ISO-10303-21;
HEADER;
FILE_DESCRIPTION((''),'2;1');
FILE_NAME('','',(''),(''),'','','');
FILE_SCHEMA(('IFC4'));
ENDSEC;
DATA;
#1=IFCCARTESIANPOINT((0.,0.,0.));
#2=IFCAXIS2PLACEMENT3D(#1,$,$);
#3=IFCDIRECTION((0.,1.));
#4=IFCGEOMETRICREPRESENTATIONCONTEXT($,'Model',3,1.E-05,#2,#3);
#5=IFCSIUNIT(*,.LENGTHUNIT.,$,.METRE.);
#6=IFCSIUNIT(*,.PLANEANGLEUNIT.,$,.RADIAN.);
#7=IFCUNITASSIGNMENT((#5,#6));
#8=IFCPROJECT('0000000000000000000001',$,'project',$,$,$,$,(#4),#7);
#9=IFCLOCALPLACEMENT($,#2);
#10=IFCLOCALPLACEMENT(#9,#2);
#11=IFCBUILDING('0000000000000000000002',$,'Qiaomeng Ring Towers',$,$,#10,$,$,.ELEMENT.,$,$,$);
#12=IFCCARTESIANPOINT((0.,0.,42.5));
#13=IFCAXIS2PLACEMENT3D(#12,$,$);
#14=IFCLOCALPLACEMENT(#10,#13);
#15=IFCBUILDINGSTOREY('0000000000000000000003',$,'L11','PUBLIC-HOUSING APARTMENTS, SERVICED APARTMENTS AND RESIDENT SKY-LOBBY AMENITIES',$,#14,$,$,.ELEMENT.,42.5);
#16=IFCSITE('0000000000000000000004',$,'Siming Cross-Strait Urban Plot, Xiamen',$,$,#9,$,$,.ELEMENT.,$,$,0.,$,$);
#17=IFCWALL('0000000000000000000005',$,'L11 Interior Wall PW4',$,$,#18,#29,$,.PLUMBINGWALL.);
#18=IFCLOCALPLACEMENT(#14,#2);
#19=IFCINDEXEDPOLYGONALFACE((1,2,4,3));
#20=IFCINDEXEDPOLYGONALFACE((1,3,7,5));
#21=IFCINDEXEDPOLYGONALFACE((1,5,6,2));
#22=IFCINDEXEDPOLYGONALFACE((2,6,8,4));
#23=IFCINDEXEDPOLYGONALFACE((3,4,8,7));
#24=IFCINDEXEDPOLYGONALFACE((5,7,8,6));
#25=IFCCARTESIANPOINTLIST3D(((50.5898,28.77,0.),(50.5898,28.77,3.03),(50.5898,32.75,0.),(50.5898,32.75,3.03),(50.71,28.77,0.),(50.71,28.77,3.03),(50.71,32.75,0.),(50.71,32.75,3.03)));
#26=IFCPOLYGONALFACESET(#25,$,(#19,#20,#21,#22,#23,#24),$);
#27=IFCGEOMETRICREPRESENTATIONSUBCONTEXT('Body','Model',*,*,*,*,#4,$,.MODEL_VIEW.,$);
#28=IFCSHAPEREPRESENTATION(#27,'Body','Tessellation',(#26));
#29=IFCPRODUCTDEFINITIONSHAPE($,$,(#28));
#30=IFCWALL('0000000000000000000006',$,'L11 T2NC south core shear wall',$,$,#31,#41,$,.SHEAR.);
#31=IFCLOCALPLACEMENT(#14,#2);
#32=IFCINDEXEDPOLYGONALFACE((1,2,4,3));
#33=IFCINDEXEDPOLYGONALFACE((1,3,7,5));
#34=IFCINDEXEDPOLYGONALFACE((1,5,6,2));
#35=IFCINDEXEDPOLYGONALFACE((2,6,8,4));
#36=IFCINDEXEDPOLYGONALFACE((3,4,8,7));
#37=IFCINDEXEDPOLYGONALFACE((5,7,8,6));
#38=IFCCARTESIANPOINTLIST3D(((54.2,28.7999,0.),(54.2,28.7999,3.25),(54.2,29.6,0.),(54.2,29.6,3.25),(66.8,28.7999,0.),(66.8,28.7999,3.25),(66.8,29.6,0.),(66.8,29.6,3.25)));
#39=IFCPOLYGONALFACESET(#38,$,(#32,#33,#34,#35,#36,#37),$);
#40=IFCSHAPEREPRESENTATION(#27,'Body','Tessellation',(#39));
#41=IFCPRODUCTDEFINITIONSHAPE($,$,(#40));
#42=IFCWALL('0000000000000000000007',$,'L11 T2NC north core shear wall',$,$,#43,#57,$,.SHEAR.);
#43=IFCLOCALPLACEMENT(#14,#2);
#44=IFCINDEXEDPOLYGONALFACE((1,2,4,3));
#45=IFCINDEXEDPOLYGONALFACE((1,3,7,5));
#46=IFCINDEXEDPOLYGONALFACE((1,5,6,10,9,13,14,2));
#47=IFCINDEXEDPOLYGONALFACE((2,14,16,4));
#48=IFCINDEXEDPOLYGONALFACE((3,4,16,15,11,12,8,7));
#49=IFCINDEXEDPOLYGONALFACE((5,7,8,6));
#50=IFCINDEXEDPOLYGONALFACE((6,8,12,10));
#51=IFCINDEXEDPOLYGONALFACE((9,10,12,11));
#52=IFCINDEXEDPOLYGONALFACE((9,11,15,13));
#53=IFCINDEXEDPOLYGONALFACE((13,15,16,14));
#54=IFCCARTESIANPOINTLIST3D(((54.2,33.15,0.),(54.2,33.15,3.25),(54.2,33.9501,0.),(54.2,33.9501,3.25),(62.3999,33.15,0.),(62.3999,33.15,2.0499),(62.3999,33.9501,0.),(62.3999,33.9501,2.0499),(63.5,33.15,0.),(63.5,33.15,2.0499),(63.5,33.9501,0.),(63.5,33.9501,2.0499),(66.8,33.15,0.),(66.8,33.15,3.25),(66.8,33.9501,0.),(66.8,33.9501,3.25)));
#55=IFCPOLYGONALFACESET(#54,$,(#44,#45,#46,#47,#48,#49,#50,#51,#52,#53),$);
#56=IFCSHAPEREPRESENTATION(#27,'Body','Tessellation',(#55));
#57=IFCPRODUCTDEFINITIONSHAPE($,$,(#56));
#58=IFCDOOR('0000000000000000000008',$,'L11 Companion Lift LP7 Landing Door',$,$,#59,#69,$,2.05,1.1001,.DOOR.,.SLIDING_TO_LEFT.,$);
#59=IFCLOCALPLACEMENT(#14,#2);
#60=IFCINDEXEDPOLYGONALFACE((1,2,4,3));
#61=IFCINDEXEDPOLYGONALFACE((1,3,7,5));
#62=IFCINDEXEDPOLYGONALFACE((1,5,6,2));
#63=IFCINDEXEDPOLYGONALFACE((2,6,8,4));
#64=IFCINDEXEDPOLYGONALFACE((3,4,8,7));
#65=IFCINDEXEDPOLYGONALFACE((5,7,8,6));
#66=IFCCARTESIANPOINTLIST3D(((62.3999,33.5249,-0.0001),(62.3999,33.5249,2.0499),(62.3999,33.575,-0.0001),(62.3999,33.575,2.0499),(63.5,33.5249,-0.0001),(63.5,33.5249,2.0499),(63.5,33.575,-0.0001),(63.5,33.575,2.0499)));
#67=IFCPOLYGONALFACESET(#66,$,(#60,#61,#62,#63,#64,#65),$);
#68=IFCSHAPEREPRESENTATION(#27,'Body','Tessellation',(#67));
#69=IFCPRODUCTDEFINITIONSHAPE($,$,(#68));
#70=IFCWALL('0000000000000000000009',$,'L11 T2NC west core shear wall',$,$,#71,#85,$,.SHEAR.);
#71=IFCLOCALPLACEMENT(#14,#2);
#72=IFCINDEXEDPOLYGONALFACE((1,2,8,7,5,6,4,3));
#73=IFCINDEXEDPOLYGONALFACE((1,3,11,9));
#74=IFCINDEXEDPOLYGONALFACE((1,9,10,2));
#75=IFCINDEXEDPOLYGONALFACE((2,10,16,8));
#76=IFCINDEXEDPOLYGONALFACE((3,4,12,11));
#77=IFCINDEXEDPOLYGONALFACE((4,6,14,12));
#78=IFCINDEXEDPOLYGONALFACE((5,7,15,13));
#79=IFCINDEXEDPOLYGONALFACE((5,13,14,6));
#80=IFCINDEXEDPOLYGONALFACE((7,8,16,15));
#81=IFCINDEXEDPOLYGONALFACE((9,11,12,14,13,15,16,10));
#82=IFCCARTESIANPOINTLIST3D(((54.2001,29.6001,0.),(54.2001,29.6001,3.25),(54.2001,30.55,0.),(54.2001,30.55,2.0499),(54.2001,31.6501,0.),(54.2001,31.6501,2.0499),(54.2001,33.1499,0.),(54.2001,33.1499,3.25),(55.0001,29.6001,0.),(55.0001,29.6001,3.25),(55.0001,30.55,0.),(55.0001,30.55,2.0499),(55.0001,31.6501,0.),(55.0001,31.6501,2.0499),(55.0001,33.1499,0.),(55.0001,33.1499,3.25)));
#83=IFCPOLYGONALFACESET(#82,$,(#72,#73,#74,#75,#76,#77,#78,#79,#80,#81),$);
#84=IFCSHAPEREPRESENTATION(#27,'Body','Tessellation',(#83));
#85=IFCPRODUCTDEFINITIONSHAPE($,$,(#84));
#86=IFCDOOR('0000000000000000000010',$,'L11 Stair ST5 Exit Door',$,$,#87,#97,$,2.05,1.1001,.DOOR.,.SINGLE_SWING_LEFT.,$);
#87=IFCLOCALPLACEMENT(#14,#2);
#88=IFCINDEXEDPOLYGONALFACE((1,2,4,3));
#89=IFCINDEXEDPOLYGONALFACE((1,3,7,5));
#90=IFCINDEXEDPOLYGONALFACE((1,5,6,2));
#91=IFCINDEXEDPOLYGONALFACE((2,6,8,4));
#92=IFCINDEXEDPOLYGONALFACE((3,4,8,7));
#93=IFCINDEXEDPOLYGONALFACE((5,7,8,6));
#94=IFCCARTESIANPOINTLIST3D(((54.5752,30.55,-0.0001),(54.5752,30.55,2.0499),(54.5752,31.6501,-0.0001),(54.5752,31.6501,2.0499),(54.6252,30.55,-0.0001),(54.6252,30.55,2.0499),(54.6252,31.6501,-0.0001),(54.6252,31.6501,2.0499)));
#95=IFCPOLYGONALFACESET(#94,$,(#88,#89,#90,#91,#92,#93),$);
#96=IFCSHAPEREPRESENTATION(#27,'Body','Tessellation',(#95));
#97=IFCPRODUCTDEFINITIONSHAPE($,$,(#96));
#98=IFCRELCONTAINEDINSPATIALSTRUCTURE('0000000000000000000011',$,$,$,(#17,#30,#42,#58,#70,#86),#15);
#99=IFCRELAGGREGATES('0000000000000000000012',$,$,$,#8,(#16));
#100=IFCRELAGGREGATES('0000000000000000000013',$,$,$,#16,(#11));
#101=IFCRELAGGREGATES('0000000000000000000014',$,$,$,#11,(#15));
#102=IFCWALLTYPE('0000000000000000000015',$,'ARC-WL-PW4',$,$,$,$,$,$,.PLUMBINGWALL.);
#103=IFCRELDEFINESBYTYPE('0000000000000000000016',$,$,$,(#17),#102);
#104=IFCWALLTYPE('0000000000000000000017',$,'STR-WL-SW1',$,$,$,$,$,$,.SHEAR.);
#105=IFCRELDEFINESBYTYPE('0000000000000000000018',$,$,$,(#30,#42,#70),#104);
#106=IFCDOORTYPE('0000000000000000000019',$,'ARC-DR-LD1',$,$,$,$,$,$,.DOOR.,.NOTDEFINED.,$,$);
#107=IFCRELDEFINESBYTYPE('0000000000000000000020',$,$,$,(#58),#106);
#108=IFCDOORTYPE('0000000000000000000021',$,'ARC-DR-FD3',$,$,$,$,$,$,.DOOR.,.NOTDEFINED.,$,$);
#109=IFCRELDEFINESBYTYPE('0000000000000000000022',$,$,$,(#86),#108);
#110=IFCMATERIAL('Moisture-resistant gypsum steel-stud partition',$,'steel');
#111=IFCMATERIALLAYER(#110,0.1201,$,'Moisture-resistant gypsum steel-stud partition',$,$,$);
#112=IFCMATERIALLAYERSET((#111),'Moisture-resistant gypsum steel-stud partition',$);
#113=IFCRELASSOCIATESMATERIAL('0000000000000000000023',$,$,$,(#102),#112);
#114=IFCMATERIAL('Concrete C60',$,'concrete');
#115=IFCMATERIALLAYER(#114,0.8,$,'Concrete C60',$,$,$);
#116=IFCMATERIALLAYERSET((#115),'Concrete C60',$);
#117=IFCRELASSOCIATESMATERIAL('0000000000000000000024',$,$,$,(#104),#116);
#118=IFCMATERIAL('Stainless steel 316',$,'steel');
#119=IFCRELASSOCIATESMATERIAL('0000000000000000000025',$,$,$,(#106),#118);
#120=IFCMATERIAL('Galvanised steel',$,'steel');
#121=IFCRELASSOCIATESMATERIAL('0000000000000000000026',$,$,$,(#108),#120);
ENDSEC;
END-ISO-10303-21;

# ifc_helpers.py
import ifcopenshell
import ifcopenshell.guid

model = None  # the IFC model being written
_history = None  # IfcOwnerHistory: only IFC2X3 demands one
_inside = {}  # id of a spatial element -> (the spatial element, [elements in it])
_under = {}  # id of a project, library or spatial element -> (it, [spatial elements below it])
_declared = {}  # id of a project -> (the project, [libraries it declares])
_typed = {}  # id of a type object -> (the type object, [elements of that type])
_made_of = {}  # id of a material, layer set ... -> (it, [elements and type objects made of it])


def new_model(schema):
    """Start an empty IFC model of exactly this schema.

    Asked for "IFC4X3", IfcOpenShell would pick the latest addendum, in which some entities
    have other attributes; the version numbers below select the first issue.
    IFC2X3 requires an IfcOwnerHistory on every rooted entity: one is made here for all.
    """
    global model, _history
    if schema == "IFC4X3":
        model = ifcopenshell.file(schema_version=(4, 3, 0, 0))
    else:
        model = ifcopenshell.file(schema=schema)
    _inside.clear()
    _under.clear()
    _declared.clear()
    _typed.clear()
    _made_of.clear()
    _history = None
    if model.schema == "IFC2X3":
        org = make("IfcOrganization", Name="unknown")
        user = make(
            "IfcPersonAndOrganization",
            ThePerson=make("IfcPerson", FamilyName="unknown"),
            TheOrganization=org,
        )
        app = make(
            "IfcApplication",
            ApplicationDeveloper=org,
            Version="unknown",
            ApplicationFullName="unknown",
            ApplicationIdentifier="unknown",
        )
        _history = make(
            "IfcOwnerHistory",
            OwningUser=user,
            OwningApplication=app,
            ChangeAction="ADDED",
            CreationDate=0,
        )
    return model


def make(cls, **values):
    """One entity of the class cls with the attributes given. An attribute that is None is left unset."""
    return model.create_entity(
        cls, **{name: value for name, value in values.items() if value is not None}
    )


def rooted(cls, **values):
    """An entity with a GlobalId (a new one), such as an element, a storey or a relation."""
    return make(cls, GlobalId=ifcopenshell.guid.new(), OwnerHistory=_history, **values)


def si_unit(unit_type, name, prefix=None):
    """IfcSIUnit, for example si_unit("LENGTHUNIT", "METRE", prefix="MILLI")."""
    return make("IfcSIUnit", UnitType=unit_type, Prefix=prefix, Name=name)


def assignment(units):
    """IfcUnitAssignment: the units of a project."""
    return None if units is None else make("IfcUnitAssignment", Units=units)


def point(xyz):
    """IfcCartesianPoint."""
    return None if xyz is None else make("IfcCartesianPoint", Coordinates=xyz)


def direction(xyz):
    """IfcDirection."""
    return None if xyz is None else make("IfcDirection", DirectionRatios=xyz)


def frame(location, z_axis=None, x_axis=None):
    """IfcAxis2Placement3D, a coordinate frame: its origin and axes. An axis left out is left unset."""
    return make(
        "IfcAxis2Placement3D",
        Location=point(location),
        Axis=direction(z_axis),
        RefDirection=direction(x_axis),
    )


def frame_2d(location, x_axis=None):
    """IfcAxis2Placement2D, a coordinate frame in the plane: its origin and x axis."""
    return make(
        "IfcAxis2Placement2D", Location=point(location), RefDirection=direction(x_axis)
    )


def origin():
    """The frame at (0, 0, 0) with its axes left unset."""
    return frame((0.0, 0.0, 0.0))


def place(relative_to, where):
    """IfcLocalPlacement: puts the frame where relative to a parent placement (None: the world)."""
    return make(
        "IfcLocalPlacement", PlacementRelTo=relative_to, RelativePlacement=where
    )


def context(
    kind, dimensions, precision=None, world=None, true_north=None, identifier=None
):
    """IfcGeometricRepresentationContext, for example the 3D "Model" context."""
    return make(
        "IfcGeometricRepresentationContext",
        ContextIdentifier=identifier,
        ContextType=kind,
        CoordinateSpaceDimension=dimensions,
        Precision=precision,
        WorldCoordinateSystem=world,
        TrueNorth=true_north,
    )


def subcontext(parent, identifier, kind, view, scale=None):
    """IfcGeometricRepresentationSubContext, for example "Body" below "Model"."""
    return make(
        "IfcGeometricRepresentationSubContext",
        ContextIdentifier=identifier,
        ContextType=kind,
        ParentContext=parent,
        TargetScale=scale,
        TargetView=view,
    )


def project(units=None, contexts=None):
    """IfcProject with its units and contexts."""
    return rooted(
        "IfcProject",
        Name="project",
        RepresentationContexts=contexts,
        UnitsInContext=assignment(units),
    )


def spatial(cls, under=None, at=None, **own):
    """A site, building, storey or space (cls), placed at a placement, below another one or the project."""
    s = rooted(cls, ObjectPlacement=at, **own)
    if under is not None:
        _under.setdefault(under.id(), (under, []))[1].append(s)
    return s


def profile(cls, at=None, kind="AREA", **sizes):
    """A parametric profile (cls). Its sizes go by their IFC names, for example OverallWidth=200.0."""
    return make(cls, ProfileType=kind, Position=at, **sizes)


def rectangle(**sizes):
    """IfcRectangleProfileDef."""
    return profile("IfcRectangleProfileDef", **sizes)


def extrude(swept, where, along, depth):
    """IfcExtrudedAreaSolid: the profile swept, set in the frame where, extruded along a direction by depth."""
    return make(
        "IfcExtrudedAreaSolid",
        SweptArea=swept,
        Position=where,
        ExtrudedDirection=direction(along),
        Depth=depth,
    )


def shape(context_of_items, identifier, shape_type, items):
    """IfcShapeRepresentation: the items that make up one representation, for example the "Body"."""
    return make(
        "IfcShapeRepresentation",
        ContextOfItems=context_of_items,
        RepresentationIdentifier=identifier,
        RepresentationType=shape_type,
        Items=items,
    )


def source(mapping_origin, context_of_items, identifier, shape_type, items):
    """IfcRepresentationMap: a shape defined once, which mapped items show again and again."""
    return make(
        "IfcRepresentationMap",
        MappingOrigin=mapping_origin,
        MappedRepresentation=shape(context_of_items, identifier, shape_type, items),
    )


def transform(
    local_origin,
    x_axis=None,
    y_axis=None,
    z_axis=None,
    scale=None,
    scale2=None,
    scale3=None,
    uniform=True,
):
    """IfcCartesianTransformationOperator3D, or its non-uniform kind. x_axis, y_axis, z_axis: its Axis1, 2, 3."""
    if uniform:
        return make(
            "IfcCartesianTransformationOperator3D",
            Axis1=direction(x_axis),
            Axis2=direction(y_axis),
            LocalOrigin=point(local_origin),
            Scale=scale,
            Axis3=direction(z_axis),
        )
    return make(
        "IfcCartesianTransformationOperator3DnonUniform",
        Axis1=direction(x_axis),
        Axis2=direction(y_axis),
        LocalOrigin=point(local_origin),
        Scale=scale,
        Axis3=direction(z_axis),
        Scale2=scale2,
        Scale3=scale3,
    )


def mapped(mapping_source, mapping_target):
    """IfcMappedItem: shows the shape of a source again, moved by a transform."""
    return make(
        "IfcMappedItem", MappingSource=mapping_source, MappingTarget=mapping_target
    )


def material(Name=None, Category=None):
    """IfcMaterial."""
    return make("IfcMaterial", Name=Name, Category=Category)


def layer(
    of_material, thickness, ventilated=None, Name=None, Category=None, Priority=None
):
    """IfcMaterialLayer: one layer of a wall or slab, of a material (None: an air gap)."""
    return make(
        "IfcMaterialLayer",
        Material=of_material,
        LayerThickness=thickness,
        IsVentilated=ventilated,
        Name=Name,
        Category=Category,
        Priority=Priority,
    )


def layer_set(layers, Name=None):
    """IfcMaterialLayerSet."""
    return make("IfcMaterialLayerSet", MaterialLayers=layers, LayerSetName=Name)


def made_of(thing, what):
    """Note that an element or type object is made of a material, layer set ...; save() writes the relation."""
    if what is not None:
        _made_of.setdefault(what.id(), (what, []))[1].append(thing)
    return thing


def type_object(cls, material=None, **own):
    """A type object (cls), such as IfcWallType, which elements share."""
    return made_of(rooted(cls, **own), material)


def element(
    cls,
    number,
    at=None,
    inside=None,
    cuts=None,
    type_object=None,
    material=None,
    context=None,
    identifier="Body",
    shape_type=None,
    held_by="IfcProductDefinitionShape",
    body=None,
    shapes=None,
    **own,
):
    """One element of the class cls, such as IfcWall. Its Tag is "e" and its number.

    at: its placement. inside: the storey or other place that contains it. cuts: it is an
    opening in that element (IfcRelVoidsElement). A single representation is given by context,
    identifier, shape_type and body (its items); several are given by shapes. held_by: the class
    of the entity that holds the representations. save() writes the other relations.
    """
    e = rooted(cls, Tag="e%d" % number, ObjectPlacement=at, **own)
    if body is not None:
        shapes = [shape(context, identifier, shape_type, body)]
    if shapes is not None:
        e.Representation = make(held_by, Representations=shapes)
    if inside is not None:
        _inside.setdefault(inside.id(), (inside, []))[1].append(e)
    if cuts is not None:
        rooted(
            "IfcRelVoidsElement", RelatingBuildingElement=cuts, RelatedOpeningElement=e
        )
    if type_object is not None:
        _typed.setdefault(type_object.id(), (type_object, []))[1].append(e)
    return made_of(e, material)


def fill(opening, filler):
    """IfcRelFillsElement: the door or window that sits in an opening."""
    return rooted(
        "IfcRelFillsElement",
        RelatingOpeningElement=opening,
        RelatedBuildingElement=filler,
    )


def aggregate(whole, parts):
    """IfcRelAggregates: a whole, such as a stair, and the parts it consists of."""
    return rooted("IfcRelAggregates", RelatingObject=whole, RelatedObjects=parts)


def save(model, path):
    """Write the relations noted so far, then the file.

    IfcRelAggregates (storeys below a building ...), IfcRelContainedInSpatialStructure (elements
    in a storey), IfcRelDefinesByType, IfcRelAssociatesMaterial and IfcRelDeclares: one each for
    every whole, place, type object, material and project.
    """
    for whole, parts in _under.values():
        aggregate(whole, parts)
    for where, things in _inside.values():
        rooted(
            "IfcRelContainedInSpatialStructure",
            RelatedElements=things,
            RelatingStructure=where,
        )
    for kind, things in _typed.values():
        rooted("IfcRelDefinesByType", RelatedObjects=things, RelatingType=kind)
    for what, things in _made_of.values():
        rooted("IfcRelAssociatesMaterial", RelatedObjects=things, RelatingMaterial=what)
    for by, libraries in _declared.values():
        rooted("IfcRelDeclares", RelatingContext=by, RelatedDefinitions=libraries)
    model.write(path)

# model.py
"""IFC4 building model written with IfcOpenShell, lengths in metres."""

from ifc_helpers import new_model, si_unit, direction, frame, frame_2d, origin, place, context, subcontext, project, spatial, rectangle, extrude, source, transform, mapped, material, layer, layer_set, type_object, element, fill, save


model = new_model("IFC4")

# Units and contexts
model_context = context("Model", 3, precision=1e-05, world=origin(), true_north=direction((0.0, 1.0)))
body_context = subcontext(model_context, "Body", "Model", "MODEL_VIEW")
ifc_project = project(units=[si_unit("LENGTHUNIT", "METRE"), si_unit("PLANEANGLEUNIT", "RADIAN")], contexts=[model_context])

# Site, building, storey
site_placement = place(None, origin())
site = spatial("IfcSite", under=ifc_project, at=site_placement, Name="Siming Cross-Strait Urban Plot, Xiamen", CompositionType="ELEMENT", RefElevation=0.0)
building_placement = place(site_placement, origin())
building = spatial("IfcBuilding", under=site, at=building_placement, Name="Qiaomeng Ring Towers", CompositionType="ELEMENT")
storey_placement = place(building_placement, frame((0.0, 0.0, 42.5)))
storey = spatial("IfcBuildingStorey", under=building, at=storey_placement, Name="L11", Description="PUBLIC-HOUSING APARTMENTS, SERVICED APARTMENTS AND RESIDENT SKY-LOBBY AMENITIES", CompositionType="ELEMENT", Elevation=42.5)

# Shared definitions
ifc_material_1 = material(Name="Concrete C60", Category="concrete")

# Walls
ifc_material_2 = material(Name="Moisture-resistant gypsum steel-stud partition", Category="steel")
ifc_layer_1 = layer(ifc_material_2, 0.1201, Name="Moisture-resistant gypsum steel-stud partition")
ifc_layer_set_1 = layer_set([ifc_layer_1], Name="Moisture-resistant gypsum steel-stud partition")
wall_type_1 = type_object("IfcWallType", Name="ARC-WL-PW4", PredefinedType="PLUMBINGWALL", material=ifc_layer_set_1)
wall_1_placement = place(storey_placement, frame((50.6499, 28.77, 0.0), z_axis=(0.0, 0.0, 1.0), x_axis=(0.0, 1.0, 0.0)))
element("IfcWall", 1, at=wall_1_placement, inside=storey, type_object=wall_type_1, Name="L11 Interior Wall PW4", PredefinedType="PLUMBINGWALL", context=body_context, shape_type="SweptSolid", body=[
    extrude(rectangle(XDim=3.98, YDim=0.1201, at=frame_2d((1.99, 0.0))), origin(), (0.0, 0.0, 1.0), 3.03),
])
ifc_layer_2 = layer(ifc_material_1, 0.8, Name="Concrete C60")
ifc_layer_set_2 = layer_set([ifc_layer_2], Name="Concrete C60")
wall_type_2 = type_object("IfcWallType", Name="STR-WL-SW1", PredefinedType="SHEAR", material=ifc_layer_set_2)
wall_2_placement = place(storey_placement, frame((54.2, 29.2, 0.0), z_axis=(0.0, 0.0, 1.0), x_axis=(1.0, 0.0, 0.0)))
element("IfcWall", 2, at=wall_2_placement, inside=storey, type_object=wall_type_2, Name="L11 T2NC south core shear wall", PredefinedType="SHEAR", context=body_context, shape_type="SweptSolid", body=[
    extrude(rectangle(XDim=12.6001, YDim=0.8, at=frame_2d((6.3, 0.0))), origin(), (0.0, 0.0, 1.0), 3.25),
])

# Walls, openings, doors
wall_3_placement = place(storey_placement, frame((54.2, 33.55, 0.0), z_axis=(0.0, 0.0, 1.0), x_axis=(1.0, 0.0, 0.0)))
wall_3 = element("IfcWall", 3, at=wall_3_placement, inside=storey, type_object=wall_type_2, Name="L11 T2NC north core shear wall", PredefinedType="SHEAR", context=body_context, shape_type="SweptSolid", body=[
    extrude(rectangle(XDim=12.6001, YDim=0.8, at=frame_2d((6.3, 0.0))), origin(), (0.0, 0.0, 1.0), 3.25),
])
opening_1_placement = place(wall_3_placement, frame((8.2, 0.0, 0.0)))
opening_1 = element("IfcOpeningElement", 4, at=opening_1_placement, cuts=wall_3, PredefinedType="OPENING", context=body_context, shape_type="SweptSolid", body=[
    extrude(rectangle(XDim=1.1001, YDim=2.05, at=frame_2d((0.55, 1.0249))), frame((0.0, 0.4099, 0.0), z_axis=(0.0, -1.0, 0.0), x_axis=(1.0, 0.0, 0.0)), (0.0, 0.0, 1.0), 0.8201),
])
ifc_material_3 = material(Name="Stainless steel 316", Category="steel")
door_type_1 = type_object("IfcDoorType", Name="ARC-DR-LD1", OperationType="NOTDEFINED", PredefinedType="DOOR", material=ifc_material_3)
shared_shape_1 = source(origin(), body_context, "Body", "SweptSolid", [
    extrude(rectangle(XDim=1.1001, YDim=2.05, at=frame_2d((0.55, 1.0249))), frame((0.0, 0.0249, 0.0), z_axis=(0.0, -1.0, 0.0), x_axis=(1.0, 0.0, 0.0)), (0.0, 0.0, 1.0), 0.05),
])
door_1_placement = place(opening_1_placement, origin())
door_1 = element("IfcDoor", 5, at=door_1_placement, inside=storey, type_object=door_type_1, Name="L11 Companion Lift LP7 Landing Door", OperationType="SLIDING_TO_LEFT", OverallHeight=2.05, OverallWidth=1.1001, PredefinedType="DOOR", context=body_context, shape_type="MappedRepresentation", body=[
    mapped(shared_shape_1, transform((0.0, 0.0, 0.0), x_axis=(1.0, 0.0, 0.0), y_axis=(0.0, 1.0, 0.0), z_axis=(0.0, 0.0, 1.0), scale=1.0)),
])
fill(opening_1, door_1)
wall_4_placement = place(storey_placement, frame((54.6001, 29.6001, 0.0), z_axis=(0.0, 0.0, 1.0), x_axis=(0.0, 1.0, 0.0)))
wall_4 = element("IfcWall", 6, at=wall_4_placement, inside=storey, type_object=wall_type_2, Name="L11 T2NC west core shear wall", PredefinedType="SHEAR", context=body_context, shape_type="SweptSolid", body=[
    extrude(rectangle(XDim=3.5498, YDim=0.8, at=frame_2d((1.7749, 0.0))), origin(), (0.0, 0.0, 1.0), 3.25),
])
opening_2_placement = place(wall_4_placement, frame((0.95, 0.0, 0.0)))
opening_2 = element("IfcOpeningElement", 7, at=opening_2_placement, cuts=wall_4, PredefinedType="OPENING", context=body_context, shape_type="SweptSolid", body=[
    extrude(rectangle(XDim=1.1001, YDim=2.05, at=frame_2d((0.55, 1.0249))), frame((0.0, 0.4099, 0.0), z_axis=(0.0, -1.0, 0.0), x_axis=(1.0, 0.0, 0.0)), (0.0, 0.0, 1.0), 0.8201),
])
ifc_material_4 = material(Name="Galvanised steel", Category="steel")
door_type_2 = type_object("IfcDoorType", Name="ARC-DR-FD3", OperationType="NOTDEFINED", PredefinedType="DOOR", material=ifc_material_4)
door_2_placement = place(opening_2_placement, origin())
door_2 = element("IfcDoor", 8, at=door_2_placement, inside=storey, type_object=door_type_2, Name="L11 Stair ST5 Exit Door", OperationType="SINGLE_SWING_LEFT", OverallHeight=2.05, OverallWidth=1.1001, PredefinedType="DOOR", context=body_context, shape_type="MappedRepresentation", body=[
    mapped(shared_shape_1, transform((0.0, 0.0, 0.0), x_axis=(1.0, 0.0, 0.0), y_axis=(0.0, 1.0, 0.0), z_axis=(0.0, 0.0, 1.0), scale=1.0)),
])
fill(opening_2, door_2)

save(model, "model.ifc")
